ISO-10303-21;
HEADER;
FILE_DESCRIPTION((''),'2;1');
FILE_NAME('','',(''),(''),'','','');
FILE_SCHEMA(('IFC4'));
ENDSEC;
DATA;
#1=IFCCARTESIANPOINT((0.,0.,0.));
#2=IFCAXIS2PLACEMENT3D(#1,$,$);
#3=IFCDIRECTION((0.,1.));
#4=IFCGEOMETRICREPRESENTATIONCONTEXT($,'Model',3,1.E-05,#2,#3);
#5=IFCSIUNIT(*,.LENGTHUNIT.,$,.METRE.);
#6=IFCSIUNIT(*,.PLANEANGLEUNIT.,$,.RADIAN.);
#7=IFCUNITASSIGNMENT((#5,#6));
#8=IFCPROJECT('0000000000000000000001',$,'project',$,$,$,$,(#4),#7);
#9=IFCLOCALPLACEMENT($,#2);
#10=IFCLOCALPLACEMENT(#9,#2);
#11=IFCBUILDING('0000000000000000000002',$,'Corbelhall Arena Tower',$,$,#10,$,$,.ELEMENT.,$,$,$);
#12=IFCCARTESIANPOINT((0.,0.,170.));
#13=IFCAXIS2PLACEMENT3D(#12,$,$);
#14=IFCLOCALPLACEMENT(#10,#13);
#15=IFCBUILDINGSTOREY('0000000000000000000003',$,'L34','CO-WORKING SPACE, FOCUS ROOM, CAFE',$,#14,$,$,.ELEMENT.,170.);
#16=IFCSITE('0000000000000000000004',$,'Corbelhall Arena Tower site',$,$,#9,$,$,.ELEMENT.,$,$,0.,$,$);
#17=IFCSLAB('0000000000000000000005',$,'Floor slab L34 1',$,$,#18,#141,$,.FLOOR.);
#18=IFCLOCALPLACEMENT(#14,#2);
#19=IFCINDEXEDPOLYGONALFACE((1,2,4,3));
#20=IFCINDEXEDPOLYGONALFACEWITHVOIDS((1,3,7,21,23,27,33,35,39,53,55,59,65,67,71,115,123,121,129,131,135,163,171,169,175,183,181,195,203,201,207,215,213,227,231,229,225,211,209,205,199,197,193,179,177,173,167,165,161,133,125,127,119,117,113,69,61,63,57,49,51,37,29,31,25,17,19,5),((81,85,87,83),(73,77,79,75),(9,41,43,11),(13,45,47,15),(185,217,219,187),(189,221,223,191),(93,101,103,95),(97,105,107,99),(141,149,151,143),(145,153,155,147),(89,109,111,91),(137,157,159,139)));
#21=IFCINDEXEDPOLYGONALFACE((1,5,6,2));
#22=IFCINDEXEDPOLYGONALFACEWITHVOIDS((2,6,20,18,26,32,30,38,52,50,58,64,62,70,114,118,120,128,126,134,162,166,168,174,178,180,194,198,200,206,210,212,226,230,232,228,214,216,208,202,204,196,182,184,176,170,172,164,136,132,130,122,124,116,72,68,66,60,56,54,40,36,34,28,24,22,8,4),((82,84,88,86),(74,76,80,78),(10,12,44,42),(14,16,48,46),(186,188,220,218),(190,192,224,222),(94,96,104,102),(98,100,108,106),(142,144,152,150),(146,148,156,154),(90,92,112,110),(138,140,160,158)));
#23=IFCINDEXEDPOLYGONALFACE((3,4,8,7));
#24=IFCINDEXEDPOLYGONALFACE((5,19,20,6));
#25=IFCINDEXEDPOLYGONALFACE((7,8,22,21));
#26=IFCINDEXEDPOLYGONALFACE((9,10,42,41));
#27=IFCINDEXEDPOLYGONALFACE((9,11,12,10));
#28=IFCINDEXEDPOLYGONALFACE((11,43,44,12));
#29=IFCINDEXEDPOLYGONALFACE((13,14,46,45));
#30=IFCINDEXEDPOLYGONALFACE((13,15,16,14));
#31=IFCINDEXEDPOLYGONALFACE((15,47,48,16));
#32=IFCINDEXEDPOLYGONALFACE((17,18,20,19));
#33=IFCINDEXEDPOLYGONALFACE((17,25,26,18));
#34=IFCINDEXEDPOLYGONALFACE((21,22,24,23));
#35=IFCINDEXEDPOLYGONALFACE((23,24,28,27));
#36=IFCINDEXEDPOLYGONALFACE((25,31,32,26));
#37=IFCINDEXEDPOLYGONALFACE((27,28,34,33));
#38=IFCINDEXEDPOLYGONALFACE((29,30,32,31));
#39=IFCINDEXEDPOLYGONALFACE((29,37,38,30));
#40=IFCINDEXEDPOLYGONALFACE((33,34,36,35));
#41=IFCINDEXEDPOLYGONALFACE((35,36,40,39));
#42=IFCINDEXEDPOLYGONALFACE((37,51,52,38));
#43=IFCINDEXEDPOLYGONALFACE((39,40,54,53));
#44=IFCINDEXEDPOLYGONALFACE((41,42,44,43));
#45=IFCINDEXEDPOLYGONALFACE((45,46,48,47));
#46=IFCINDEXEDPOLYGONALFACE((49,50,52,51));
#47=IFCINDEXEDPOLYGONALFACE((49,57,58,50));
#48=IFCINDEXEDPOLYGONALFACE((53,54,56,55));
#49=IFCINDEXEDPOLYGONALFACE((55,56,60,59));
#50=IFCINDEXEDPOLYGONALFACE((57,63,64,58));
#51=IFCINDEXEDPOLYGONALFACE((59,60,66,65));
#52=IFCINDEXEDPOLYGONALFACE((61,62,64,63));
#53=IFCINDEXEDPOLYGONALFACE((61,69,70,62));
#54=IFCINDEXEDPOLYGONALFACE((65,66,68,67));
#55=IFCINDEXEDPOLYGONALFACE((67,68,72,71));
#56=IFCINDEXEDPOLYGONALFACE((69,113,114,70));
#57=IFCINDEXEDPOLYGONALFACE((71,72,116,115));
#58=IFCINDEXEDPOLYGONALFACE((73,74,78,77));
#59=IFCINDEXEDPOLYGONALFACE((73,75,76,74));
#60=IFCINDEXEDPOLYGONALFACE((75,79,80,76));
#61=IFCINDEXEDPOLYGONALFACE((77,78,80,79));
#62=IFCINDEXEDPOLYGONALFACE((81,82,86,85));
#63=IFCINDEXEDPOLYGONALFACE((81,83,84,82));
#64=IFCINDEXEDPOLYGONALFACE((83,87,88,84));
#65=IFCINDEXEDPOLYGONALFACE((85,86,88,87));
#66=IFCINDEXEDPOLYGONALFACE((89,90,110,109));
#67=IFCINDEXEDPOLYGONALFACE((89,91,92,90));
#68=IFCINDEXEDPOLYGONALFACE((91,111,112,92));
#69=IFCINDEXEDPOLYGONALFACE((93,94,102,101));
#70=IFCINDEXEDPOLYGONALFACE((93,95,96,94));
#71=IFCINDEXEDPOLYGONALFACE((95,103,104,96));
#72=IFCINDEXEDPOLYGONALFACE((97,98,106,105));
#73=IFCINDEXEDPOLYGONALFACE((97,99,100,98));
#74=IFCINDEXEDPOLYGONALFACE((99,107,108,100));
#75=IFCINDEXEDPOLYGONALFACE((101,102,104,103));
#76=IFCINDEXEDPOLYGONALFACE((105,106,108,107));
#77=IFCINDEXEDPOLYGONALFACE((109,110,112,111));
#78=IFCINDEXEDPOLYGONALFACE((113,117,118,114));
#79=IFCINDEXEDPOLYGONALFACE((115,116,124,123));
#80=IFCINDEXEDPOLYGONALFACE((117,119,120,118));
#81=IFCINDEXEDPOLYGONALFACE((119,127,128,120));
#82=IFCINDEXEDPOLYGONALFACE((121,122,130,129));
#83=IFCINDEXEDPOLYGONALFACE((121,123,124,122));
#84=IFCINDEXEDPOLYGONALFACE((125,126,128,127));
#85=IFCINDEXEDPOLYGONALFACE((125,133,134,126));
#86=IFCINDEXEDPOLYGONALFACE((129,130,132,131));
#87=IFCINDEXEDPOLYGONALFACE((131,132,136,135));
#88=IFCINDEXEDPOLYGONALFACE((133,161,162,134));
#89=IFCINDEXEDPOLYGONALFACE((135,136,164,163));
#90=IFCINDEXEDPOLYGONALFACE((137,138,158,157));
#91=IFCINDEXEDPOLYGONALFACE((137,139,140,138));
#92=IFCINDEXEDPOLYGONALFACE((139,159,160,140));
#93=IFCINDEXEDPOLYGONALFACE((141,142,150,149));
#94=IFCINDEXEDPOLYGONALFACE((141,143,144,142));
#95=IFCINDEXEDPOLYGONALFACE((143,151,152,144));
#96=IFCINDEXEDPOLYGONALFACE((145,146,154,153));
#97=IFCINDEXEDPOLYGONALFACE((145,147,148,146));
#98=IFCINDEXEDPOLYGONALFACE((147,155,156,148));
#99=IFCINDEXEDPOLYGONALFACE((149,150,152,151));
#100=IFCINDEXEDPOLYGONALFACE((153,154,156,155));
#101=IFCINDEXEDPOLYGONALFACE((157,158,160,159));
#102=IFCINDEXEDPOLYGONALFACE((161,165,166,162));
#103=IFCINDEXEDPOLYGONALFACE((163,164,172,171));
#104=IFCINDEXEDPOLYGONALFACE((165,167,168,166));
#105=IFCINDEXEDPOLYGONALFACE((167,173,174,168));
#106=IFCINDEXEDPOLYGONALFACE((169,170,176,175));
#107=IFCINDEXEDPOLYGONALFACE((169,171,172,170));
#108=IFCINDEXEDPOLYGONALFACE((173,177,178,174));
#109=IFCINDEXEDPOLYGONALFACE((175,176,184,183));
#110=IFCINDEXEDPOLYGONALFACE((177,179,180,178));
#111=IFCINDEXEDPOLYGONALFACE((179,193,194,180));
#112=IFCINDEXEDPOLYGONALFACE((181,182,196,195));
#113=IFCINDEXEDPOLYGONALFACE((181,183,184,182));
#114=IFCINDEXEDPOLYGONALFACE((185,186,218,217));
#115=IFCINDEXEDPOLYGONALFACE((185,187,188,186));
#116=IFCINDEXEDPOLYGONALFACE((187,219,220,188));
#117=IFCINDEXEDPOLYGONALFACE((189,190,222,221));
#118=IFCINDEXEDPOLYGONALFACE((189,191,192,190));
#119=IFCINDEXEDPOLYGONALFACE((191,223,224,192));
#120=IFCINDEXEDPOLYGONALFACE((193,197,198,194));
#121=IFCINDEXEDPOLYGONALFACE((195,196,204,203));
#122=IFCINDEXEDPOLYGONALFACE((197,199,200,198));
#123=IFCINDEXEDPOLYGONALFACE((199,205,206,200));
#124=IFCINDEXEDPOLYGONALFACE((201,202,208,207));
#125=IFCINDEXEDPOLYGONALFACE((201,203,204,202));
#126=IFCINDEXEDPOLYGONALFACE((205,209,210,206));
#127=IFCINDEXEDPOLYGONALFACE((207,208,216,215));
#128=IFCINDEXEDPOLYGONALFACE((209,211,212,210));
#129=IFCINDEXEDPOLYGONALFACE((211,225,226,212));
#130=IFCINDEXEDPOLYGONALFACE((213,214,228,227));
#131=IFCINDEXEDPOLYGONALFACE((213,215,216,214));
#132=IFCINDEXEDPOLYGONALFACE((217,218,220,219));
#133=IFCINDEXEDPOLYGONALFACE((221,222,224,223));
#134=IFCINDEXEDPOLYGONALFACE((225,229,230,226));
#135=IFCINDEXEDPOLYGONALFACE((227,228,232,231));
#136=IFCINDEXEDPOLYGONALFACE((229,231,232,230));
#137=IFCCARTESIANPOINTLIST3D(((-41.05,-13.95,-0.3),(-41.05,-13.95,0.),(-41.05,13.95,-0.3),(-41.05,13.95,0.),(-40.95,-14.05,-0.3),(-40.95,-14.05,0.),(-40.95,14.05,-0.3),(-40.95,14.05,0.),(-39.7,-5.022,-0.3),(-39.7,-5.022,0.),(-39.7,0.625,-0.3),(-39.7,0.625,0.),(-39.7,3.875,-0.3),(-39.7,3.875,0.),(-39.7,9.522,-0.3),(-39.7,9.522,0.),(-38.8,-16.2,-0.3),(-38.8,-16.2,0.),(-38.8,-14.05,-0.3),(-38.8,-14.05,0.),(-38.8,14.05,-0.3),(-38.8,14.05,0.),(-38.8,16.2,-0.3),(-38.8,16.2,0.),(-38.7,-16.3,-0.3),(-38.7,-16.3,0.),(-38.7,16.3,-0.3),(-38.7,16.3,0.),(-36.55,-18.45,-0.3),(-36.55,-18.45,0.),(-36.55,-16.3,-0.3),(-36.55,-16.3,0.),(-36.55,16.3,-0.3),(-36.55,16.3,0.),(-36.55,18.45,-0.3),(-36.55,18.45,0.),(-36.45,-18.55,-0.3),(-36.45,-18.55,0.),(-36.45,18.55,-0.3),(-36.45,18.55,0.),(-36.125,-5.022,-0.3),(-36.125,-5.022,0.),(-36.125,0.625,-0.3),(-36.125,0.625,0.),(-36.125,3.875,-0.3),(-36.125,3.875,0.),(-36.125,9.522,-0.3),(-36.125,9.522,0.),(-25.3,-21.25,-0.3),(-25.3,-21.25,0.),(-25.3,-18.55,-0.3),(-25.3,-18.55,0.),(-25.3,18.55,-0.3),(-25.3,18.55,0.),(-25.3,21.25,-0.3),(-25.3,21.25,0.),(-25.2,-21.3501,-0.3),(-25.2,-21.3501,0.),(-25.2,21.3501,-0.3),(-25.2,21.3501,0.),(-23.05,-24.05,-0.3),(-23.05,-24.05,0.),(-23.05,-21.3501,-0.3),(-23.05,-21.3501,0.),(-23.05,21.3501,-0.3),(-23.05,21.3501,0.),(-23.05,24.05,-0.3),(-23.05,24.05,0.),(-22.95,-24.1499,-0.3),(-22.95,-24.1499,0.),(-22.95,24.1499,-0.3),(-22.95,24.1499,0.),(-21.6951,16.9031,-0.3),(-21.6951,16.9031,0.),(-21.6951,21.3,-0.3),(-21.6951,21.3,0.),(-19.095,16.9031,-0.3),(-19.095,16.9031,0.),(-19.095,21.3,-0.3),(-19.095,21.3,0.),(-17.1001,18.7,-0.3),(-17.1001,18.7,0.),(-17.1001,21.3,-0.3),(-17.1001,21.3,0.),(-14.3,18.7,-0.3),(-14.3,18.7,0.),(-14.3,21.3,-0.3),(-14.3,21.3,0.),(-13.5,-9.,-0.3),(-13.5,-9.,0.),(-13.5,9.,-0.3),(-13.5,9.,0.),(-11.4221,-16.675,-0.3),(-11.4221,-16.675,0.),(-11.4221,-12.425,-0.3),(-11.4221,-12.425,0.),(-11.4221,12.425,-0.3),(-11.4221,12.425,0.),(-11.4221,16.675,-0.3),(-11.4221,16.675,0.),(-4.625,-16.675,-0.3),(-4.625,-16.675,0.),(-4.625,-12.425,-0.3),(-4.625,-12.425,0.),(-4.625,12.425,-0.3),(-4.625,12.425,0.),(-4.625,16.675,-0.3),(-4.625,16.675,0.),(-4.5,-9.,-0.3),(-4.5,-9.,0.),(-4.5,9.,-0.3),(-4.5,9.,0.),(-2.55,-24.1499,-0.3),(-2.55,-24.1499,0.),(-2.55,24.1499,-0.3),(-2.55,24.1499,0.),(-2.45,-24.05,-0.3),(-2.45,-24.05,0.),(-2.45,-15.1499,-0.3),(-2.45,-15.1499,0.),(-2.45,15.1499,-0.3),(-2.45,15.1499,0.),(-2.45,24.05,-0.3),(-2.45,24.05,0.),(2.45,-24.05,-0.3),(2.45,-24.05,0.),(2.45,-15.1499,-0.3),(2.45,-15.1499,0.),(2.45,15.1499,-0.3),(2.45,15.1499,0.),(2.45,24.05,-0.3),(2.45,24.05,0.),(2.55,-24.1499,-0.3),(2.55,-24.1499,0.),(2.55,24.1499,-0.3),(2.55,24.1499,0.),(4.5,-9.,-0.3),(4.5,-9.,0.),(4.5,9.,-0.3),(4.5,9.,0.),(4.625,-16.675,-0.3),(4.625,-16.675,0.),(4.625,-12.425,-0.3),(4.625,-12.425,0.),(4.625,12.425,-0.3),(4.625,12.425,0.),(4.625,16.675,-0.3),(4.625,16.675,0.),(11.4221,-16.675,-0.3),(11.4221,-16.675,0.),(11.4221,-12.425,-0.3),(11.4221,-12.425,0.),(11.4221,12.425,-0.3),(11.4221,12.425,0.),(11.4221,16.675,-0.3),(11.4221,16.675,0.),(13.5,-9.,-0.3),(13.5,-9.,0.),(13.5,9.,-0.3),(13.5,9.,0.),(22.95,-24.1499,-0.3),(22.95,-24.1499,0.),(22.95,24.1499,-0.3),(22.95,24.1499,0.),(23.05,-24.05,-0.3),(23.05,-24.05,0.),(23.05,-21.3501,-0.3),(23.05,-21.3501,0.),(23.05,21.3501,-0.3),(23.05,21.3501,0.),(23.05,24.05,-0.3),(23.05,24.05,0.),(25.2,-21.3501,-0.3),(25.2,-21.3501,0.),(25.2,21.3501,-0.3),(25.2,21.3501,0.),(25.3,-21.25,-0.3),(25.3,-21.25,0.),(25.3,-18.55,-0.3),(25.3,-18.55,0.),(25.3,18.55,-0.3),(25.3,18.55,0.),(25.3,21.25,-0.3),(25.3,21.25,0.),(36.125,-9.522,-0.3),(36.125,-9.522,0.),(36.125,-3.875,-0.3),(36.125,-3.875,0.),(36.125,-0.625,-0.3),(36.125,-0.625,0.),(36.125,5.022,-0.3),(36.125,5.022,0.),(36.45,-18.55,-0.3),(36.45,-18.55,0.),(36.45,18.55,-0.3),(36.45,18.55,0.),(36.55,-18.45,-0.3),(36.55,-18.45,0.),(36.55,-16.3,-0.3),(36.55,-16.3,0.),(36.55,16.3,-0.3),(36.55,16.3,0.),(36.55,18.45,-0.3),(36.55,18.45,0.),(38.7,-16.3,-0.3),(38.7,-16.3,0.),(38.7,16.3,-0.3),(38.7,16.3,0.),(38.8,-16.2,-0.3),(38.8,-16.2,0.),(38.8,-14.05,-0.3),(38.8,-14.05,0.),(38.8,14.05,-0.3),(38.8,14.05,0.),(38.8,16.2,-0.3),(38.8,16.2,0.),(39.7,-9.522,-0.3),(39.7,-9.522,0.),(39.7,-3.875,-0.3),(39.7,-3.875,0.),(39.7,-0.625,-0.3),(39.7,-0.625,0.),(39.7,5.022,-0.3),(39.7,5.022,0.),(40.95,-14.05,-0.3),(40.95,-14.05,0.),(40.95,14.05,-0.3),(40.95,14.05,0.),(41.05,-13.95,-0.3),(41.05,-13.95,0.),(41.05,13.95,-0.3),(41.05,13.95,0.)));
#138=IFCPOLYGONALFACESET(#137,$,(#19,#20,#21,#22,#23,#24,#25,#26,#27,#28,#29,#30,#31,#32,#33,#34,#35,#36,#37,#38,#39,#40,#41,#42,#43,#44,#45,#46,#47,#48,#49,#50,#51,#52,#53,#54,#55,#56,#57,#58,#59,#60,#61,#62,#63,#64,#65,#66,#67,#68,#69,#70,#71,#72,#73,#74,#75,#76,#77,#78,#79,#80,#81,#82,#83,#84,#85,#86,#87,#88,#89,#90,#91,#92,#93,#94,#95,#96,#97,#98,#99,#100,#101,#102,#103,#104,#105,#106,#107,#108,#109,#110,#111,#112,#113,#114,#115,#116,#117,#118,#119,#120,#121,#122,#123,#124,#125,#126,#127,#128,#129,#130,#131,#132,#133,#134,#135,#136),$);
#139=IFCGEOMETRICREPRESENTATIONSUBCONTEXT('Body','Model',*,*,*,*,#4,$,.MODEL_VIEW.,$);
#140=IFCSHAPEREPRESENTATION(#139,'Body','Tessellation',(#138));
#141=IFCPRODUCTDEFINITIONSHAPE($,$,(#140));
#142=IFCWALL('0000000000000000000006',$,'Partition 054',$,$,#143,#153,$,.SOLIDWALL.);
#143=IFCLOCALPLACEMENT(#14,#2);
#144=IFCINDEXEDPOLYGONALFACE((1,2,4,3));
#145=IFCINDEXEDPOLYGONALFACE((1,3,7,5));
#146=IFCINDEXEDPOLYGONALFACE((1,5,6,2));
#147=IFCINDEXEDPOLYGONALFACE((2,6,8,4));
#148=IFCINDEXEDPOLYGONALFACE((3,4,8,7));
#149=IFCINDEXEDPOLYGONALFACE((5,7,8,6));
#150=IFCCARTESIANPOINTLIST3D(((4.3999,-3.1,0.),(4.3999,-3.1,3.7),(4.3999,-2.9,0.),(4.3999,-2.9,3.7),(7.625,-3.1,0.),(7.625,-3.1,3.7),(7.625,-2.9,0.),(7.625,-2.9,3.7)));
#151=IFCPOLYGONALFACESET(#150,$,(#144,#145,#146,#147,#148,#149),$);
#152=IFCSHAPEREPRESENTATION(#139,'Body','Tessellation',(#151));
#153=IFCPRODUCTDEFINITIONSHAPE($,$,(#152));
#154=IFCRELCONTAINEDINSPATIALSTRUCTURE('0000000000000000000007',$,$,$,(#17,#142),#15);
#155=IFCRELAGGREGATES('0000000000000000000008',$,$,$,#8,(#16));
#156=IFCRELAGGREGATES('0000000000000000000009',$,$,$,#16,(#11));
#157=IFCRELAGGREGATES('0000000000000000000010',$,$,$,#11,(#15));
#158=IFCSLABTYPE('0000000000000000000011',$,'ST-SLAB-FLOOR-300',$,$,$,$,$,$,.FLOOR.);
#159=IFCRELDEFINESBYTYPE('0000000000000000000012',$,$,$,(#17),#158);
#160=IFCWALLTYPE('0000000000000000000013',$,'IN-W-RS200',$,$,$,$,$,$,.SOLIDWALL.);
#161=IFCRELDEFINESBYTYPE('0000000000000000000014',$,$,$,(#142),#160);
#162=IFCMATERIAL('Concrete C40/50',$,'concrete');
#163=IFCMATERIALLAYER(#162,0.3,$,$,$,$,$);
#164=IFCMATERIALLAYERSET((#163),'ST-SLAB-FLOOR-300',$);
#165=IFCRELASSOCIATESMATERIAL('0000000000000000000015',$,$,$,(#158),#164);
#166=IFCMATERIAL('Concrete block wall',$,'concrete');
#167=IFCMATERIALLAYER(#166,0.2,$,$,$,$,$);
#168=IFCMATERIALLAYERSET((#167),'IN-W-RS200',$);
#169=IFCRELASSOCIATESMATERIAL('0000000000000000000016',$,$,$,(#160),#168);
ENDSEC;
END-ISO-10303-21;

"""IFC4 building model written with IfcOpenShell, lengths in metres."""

from ifc_helpers import new_model, si_unit, direction, frame, frame_2d, origin, place, context, subcontext, project, spatial, polyline, rectangle, outline, extrude, material, layer, layer_set, type_object, element, save


model = new_model("IFC4")

# Units and contexts
model_context = context("Model", 3, precision=1e-05, world=origin(), true_north=direction((0.0, 1.0)))
body_context = subcontext(model_context, "Body", "Model", "MODEL_VIEW")
ifc_project = project(units=[si_unit("LENGTHUNIT", "METRE"), si_unit("PLANEANGLEUNIT", "RADIAN")], contexts=[model_context])

# Site, building, storey
site_placement = place(None, origin())
site = spatial("IfcSite", under=ifc_project, at=site_placement, Name="Corbelhall Arena Tower site", CompositionType="ELEMENT", RefElevation=0.0)
building_placement = place(site_placement, origin())
building = spatial("IfcBuilding", under=site, at=building_placement, Name="Corbelhall Arena Tower", CompositionType="ELEMENT")
storey_placement = place(building_placement, frame((0.0, 0.0, 170.0)))
storey = spatial("IfcBuildingStorey", under=building, at=storey_placement, Name="L34", Description="CO-WORKING SPACE, FOCUS ROOM, CAFE", CompositionType="ELEMENT", Elevation=170.0)

# Shared definitions
ifc_material_1 = material(Name="Concrete C40/50", Category="concrete")

# Slab
ifc_layer_1 = layer(ifc_material_1, 0.3)
ifc_layer_set_1 = layer_set([ifc_layer_1], Name="ST-SLAB-FLOOR-300")
slab_type_1 = type_object("IfcSlabType", Name="ST-SLAB-FLOOR-300", PredefinedType="FLOOR", material=ifc_layer_set_1)
slab_1_placement = place(storey_placement, frame((0.0, 0.0, -0.3)))
element("IfcSlab", 1, at=slab_1_placement, inside=storey, type_object=slab_type_1, Name="Floor slab L34 1", PredefinedType="FLOOR", context=body_context, shape_type="SweptSolid", body=[
    extrude(outline(polyline([(25.3, 18.55), (25.3, 21.25), (25.2, 21.3501), (23.05, 21.3501), (23.05, 24.05), (22.95, 24.1499), (2.55, 24.1499), (2.45, 24.05), (2.45, 15.1499), (-2.45, 15.1499), (-2.45, 24.05), (-2.55, 24.1499), (-22.95, 24.1499), (-23.05, 24.05), (-23.05, 21.3501), (-25.2, 21.3501), (-25.3, 21.25), (-25.3, 18.55), (-36.45, 18.55), (-36.55, 18.45), (-36.55, 16.3), (-38.7, 16.3), (-38.8, 16.2), (-38.8, 14.05), (-40.95, 14.05), (-41.05, 13.95), (-41.05, -13.95), (-40.95, -14.05), (-38.8, -14.05), (-38.8, -16.2), (-38.7, -16.3), (-36.55, -16.3), (-36.55, -18.45), (-36.45, -18.55), (-25.3, -18.55), (-25.3, -21.25), (-25.2, -21.3501), (-23.05, -21.3501), (-23.05, -24.05), (-22.95, -24.1499), (-2.55, -24.1499), (-2.45, -24.05), (-2.45, -15.1499), (2.45, -15.1499), (2.45, -24.05), (2.55, -24.1499), (22.95, -24.1499), (23.05, -24.05), (23.05, -21.3501), (25.2, -21.3501), (25.3, -21.25), (25.3, -18.55), (36.45, -18.55), (36.55, -18.45), (36.55, -16.3), (38.7, -16.3), (38.8, -16.2), (38.8, -14.05), (40.95, -14.05), (41.05, -13.95), (41.05, 13.95), (40.95, 14.05), (38.8, 14.05), (38.8, 16.2), (38.7, 16.3), (36.55, 16.3), (36.55, 18.45), (36.45, 18.55), (25.3, 18.55)]), holes=[polyline([(-13.5, 9.0), (-13.5, -9.0), (-4.5, -9.0), (-4.5, 9.0), (-13.5, 9.0)]), polyline([(4.5, 9.0), (4.5, -9.0), (13.5, -9.0), (13.5, 9.0), (4.5, 9.0)]), polyline([(-4.625, 16.675), (-11.4221, 16.675), (-11.4221, 12.425), (-4.625, 12.425), (-4.625, 16.675)]), polyline([(-4.625, -16.675), (-4.625, -12.425), (-11.4221, -12.425), (-11.4221, -16.675), (-4.625, -16.675)]), polyline([(11.4221, 16.675), (4.625, 16.675), (4.625, 12.425), (11.4221, 12.425), (11.4221, 16.675)]), polyline([(11.4221, -16.675), (11.4221, -12.425), (4.625, -12.425), (4.625, -16.675), (11.4221, -16.675)]), polyline([(-36.125, 3.875), (-36.125, 9.522), (-39.7, 9.522), (-39.7, 3.875), (-36.125, 3.875)]), polyline([(-36.125, 0.625), (-39.7, 0.625), (-39.7, -5.022), (-36.125, -5.022), (-36.125, 0.625)]), polyline([(39.7, -9.522), (39.7, -3.875), (36.125, -3.875), (36.125, -9.522), (39.7, -9.522)]), polyline([(39.7, 5.022), (36.125, 5.022), (36.125, -0.625), (39.7, -0.625), (39.7, 5.022)]), polyline([(-21.6951, 21.3), (-21.6951, 16.9031), (-19.095, 16.9031), (-19.095, 21.3), (-21.6951, 21.3)]), polyline([(-14.3, 21.3), (-17.1001, 21.3), (-17.1001, 18.7), (-14.3, 18.7), (-14.3, 21.3)])]), origin(), (0.0, 0.0, 1.0), 0.3),
])

# Wall
ifc_material_2 = material(Name="Concrete block wall", Category="concrete")
ifc_layer_2 = layer(ifc_material_2, 0.2)
ifc_layer_set_2 = layer_set([ifc_layer_2], Name="IN-W-RS200")
wall_type_1 = type_object("IfcWallType", Name="IN-W-RS200", PredefinedType="SOLIDWALL", material=ifc_layer_set_2)
wall_1_placement = place(storey_placement, frame((4.3999, -3.0, 0.0), z_axis=(0.0, 0.0, 1.0), x_axis=(1.0, 0.0, 0.0)))
element("IfcWall", 2, at=wall_1_placement, inside=storey, type_object=wall_type_1, Name="Partition 054", PredefinedType="SOLIDWALL", context=body_context, shape_type="SweptSolid", body=[
    extrude(rectangle(XDim=3.2251, YDim=0.2, at=frame_2d((1.6125, 0.0))), origin(), (0.0, 0.0, 1.0), 3.7),
])

save(model, "model.ifc")
